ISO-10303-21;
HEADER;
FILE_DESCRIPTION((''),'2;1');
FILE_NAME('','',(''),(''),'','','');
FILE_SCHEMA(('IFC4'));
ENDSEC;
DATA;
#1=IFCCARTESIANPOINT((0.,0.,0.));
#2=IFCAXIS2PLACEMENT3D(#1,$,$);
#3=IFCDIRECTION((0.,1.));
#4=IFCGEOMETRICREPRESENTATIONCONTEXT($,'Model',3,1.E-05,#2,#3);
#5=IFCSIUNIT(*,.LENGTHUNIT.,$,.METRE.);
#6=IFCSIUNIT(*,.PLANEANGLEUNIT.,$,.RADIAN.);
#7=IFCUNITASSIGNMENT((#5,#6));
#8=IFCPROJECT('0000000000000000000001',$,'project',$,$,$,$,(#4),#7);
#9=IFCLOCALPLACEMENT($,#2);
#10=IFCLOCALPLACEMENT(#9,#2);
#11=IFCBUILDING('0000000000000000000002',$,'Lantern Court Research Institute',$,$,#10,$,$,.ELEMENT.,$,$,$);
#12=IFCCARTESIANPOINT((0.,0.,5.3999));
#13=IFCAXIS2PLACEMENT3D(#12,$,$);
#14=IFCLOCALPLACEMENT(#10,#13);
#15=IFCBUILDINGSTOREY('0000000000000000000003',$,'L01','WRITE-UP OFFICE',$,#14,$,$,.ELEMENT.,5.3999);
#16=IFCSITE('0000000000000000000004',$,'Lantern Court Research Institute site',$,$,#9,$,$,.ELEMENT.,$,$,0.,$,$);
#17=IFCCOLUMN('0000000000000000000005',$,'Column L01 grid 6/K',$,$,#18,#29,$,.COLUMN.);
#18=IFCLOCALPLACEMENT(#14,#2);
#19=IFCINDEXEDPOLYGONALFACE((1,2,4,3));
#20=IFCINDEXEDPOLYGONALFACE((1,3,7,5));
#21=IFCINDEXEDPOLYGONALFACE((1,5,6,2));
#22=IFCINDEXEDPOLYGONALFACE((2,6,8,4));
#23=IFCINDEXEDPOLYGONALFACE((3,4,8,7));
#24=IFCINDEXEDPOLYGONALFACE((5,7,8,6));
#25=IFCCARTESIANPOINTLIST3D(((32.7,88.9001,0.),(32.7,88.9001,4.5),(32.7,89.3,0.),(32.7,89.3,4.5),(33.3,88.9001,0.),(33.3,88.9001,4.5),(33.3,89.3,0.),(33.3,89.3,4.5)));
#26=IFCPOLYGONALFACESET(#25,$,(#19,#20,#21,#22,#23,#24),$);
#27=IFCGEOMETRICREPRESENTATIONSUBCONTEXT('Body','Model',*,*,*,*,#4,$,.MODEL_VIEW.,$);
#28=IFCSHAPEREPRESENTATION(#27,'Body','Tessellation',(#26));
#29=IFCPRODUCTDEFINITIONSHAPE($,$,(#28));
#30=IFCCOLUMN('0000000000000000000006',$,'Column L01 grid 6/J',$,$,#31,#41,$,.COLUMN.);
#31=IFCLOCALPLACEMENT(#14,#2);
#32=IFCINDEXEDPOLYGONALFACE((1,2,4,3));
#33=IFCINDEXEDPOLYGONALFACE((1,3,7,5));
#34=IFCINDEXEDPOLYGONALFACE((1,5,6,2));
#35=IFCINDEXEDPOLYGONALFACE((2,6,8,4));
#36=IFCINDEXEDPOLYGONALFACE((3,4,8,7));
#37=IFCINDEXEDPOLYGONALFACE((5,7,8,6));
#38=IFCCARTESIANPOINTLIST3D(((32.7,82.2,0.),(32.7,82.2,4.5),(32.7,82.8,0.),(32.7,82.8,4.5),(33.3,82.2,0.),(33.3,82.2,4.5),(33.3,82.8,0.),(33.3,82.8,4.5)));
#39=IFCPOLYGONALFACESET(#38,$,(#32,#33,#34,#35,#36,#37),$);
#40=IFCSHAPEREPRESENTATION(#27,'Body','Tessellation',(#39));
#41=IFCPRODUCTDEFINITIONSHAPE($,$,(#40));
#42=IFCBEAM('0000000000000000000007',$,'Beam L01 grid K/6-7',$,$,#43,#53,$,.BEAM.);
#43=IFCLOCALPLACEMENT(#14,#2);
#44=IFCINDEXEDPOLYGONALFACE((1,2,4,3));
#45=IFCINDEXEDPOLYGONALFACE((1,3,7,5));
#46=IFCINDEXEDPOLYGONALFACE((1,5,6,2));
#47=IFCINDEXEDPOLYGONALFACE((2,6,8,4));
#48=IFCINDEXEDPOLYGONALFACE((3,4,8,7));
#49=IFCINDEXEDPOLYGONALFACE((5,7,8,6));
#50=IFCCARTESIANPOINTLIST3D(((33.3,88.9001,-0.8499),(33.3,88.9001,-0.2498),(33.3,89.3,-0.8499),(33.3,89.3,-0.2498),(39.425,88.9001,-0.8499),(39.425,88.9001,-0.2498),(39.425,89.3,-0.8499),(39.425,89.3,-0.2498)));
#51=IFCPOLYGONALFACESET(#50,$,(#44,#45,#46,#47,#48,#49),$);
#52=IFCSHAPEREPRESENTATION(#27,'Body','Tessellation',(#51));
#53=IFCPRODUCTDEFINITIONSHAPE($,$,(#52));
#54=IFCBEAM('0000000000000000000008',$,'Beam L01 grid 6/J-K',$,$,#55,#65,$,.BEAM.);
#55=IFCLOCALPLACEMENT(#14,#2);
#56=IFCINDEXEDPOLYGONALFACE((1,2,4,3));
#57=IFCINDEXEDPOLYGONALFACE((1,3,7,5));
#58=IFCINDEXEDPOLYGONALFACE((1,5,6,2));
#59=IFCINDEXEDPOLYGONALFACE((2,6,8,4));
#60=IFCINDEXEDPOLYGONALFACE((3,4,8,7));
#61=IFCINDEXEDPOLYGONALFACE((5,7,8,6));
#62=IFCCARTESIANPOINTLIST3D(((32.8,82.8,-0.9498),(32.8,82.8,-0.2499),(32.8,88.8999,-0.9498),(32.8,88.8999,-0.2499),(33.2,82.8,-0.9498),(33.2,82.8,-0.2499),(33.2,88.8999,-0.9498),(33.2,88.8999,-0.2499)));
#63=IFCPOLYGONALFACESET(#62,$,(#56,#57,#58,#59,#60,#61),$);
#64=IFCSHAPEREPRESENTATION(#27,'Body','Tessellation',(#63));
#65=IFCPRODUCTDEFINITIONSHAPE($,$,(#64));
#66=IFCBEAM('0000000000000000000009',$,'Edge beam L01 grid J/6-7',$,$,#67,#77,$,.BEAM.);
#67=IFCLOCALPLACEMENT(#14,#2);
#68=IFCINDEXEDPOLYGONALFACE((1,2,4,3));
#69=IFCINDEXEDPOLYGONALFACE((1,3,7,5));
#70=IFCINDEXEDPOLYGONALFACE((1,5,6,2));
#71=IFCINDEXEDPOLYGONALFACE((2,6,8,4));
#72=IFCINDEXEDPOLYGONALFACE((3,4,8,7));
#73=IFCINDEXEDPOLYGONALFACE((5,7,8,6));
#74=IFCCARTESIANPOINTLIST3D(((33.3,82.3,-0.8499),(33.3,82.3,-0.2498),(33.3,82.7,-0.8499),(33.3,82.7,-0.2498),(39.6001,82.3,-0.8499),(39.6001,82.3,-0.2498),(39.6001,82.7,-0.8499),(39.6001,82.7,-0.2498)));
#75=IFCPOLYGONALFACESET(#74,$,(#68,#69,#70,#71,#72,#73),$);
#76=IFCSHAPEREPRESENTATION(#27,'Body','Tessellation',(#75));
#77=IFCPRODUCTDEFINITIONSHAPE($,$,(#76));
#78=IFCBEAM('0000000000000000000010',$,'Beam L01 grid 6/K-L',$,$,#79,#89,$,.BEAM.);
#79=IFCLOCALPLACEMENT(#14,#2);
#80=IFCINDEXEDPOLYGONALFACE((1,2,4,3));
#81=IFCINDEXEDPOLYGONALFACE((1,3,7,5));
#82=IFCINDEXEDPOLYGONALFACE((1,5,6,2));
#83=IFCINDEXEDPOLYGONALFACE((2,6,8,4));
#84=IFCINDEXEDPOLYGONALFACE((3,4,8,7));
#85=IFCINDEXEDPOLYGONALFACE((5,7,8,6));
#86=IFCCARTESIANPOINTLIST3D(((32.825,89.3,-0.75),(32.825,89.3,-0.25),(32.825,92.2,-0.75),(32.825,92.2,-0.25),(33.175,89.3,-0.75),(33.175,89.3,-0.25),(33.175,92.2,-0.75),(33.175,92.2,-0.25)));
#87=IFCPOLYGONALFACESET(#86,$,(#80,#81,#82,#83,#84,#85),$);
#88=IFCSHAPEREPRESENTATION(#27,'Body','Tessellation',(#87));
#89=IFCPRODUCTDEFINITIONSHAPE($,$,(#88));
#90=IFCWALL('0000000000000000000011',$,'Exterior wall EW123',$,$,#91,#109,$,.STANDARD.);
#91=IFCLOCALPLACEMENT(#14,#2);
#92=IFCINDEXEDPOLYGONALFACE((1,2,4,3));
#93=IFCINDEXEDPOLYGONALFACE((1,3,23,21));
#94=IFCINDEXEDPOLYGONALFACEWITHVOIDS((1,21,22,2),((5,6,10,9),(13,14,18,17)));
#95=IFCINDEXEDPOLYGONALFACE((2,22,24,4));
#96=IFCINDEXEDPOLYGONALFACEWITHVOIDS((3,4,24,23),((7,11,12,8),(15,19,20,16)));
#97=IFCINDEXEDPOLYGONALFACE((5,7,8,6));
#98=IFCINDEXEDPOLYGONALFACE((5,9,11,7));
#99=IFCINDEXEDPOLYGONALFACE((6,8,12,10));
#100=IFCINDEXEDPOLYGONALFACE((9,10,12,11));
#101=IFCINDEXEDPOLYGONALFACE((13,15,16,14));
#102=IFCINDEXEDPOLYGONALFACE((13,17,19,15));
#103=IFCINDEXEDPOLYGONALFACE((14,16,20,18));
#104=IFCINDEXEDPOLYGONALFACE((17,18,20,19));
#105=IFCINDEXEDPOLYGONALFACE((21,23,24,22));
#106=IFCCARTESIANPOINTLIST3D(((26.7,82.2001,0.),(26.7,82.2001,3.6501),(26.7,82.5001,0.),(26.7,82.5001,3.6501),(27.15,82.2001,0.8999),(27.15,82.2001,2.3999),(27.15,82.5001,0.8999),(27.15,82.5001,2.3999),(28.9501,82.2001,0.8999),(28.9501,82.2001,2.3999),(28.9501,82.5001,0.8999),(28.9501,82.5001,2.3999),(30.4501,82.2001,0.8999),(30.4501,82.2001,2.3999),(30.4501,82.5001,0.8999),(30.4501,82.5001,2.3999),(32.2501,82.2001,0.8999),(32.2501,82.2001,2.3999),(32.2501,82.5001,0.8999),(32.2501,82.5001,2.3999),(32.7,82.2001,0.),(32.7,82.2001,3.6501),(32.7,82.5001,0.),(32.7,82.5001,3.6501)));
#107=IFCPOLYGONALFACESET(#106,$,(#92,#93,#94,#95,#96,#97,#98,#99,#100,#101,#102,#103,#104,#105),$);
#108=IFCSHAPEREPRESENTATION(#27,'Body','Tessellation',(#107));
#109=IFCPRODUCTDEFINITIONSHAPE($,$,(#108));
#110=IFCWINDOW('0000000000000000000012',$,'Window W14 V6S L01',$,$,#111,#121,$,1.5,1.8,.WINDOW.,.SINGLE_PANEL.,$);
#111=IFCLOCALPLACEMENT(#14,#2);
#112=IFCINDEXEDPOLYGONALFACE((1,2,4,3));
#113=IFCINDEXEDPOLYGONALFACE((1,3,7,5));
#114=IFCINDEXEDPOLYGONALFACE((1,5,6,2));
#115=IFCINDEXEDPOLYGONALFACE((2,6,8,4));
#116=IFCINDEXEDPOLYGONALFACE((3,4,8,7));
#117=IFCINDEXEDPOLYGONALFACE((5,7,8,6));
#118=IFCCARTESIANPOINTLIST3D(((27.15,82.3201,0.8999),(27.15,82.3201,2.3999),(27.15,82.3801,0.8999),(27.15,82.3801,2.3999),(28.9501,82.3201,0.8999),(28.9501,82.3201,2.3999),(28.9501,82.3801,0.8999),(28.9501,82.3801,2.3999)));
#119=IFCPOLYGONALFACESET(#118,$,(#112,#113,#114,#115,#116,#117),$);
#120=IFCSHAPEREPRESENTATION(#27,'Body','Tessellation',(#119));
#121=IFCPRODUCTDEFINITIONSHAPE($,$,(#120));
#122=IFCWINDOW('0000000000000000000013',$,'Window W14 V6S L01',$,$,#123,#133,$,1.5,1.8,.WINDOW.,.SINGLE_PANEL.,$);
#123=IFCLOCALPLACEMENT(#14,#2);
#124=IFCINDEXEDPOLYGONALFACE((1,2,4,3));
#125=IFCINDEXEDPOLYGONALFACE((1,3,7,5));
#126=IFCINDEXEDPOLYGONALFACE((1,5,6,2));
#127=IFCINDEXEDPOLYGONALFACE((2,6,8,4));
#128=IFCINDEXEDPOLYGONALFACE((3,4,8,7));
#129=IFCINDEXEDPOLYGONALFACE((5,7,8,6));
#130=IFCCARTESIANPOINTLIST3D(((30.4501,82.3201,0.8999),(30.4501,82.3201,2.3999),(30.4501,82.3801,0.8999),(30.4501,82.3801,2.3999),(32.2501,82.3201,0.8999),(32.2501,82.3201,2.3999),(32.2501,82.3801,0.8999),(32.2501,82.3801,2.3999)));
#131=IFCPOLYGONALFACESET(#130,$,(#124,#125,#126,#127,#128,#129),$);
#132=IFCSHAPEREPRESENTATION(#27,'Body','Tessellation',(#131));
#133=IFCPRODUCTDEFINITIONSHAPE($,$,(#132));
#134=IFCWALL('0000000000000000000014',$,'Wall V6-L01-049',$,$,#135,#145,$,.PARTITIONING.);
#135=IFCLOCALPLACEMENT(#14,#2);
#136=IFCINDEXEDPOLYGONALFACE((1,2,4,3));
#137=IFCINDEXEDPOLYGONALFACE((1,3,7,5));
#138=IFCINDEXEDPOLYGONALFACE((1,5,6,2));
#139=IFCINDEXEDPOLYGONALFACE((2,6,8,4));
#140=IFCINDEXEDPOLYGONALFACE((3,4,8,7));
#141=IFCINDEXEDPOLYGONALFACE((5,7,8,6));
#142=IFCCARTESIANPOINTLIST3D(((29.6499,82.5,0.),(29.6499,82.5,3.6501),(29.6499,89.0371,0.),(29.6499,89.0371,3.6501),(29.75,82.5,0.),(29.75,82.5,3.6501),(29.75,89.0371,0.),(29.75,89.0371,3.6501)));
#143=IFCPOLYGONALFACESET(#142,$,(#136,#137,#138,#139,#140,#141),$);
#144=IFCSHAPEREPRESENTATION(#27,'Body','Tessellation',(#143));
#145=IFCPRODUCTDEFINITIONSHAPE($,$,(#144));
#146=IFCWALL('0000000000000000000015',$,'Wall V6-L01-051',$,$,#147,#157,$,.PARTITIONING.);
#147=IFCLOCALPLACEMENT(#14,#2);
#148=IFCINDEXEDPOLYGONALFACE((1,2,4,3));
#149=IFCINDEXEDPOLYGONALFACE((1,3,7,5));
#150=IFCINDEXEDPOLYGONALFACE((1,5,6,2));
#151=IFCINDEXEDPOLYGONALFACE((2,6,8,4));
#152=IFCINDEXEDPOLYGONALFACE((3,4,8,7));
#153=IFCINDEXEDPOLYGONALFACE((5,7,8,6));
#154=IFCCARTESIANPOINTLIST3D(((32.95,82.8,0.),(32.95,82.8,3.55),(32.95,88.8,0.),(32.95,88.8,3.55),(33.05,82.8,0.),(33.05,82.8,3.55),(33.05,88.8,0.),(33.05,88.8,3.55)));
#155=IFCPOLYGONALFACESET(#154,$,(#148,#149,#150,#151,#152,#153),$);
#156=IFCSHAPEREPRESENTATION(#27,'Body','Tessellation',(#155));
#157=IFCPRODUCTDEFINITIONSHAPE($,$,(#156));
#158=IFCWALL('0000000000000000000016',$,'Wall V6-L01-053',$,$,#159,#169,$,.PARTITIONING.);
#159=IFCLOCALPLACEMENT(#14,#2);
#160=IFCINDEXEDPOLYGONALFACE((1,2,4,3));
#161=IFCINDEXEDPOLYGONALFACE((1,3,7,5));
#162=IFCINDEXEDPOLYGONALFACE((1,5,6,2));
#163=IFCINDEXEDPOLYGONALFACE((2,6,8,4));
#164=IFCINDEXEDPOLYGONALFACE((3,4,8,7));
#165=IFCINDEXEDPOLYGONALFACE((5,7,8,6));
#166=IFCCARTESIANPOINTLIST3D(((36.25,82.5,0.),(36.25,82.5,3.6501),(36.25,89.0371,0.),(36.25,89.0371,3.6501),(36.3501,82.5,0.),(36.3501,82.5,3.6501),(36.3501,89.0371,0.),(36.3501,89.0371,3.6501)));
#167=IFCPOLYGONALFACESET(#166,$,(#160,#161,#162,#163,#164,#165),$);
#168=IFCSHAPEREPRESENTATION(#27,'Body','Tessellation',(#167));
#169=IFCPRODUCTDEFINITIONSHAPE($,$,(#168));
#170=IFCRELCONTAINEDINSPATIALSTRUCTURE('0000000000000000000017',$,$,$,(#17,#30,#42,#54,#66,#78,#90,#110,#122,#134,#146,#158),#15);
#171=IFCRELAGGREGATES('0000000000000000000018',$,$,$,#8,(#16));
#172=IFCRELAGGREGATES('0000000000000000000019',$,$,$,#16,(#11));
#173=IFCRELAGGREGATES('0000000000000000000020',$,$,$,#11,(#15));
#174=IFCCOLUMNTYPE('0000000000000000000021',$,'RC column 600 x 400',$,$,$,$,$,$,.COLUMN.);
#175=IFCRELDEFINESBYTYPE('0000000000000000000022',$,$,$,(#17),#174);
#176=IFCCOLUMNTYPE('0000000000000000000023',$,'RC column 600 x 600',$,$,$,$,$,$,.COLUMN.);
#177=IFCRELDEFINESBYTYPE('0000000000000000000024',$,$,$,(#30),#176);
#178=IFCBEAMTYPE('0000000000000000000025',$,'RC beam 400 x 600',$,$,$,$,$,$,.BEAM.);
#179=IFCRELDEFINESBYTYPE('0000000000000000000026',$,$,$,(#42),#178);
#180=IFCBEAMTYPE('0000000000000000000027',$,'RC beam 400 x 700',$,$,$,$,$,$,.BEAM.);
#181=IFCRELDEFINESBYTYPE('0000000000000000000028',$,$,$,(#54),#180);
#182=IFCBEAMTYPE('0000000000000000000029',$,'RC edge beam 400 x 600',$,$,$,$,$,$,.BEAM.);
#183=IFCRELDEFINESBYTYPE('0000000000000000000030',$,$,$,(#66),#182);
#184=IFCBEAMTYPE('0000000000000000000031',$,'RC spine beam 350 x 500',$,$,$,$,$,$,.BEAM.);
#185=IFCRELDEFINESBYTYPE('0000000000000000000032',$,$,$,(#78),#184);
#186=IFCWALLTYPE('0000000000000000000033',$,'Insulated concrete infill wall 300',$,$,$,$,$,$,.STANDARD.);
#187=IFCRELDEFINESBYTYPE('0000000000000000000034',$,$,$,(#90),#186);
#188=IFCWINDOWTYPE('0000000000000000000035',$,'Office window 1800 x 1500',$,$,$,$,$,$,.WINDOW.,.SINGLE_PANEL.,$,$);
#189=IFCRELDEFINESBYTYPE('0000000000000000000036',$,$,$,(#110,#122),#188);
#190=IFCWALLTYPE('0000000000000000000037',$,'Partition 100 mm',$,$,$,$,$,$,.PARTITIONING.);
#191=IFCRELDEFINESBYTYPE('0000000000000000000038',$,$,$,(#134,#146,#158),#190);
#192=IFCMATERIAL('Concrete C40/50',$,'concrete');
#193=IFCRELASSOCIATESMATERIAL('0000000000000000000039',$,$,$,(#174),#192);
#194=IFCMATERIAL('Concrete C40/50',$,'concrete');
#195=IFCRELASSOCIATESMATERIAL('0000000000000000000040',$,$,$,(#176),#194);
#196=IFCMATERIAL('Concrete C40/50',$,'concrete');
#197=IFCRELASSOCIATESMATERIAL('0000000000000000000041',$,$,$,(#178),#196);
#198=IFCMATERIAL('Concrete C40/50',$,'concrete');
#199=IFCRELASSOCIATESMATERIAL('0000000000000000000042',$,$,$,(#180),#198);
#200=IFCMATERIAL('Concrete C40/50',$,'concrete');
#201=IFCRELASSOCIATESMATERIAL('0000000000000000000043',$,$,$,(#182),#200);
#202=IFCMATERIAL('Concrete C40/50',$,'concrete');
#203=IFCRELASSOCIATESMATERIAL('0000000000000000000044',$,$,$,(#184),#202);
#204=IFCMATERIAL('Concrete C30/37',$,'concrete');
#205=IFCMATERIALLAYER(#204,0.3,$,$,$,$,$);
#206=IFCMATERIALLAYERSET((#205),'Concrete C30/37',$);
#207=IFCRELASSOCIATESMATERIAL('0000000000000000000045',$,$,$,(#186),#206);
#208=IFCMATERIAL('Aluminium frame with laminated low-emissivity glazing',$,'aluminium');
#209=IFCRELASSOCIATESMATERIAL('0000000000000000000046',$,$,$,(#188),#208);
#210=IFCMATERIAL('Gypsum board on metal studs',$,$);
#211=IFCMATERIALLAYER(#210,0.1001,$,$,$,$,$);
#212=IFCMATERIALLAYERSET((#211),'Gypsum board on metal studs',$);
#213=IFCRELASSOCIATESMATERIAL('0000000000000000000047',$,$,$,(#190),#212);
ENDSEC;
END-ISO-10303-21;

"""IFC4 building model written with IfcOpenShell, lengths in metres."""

from ifc_helpers import new_model, si_unit, direction, frame, frame_2d, origin, origin_2d, place, context, subcontext, project, spatial, rectangle, extrude, material, layer, layer_set, material_profile, profile_set, type_object, element, fill, save


model = new_model("IFC4")

# Units and contexts
model_context = context("Model", 3, precision=1e-05, world=origin(), true_north=direction((0.0, 1.0)))
body_context = subcontext(model_context, "Body", "Model", "MODEL_VIEW")
ifc_project = project(units=[si_unit("LENGTHUNIT", "METRE"), si_unit("PLANEANGLEUNIT", "RADIAN")], contexts=[model_context])

# Site, building, storey
site_placement = place(None, origin())
site = spatial("IfcSite", under=ifc_project, at=site_placement, Name="Lantern Court Research Institute site", CompositionType="ELEMENT", RefElevation=0.0)
building_placement = place(site_placement, origin())
building = spatial("IfcBuilding", under=site, at=building_placement, Name="Lantern Court Research Institute", CompositionType="ELEMENT")
storey_placement = place(building_placement, frame((0.0, 0.0, 5.3999)))
storey = spatial("IfcBuildingStorey", under=building, at=storey_placement, Name="L01", Description="WRITE-UP OFFICE", CompositionType="ELEMENT", Elevation=5.3999)

# Columns
ifc_material_1 = material(Name="Concrete C40/50", Category="concrete")
ifc_material_profile_1 = material_profile(ifc_material_1, rectangle(XDim=0.6001, YDim=0.3999, at=origin_2d()), Name="RC column 600 x 400")
ifc_profile_set_1 = profile_set([ifc_material_profile_1], Name="Concrete C40/50")
column_type_1 = type_object("IfcColumnType", Name="RC column 600 x 400", PredefinedType="COLUMN", material=ifc_profile_set_1)
column_1_placement = place(storey_placement, frame((33.0, 89.1001, 0.0), z_axis=(0.0, 0.0, 1.0), x_axis=(1.0, 0.0, 0.0)))
element("IfcColumn", 1, at=column_1_placement, inside=storey, type_object=column_type_1, Name="Column L01 grid 6/K", PredefinedType="COLUMN", context=body_context, shape_type="SweptSolid", body=[
    extrude(rectangle(XDim=0.6001, YDim=0.3999, at=origin_2d()), origin(), (0.0, 0.0, 1.0), 4.5),
])
ifc_material_2 = material(Name="Concrete C40/50", Category="concrete")
ifc_material_profile_2 = material_profile(ifc_material_2, rectangle(XDim=0.6001, YDim=0.6001, at=origin_2d()), Name="RC column 600 x 600")
ifc_profile_set_2 = profile_set([ifc_material_profile_2], Name="Concrete C40/50")
column_type_2 = type_object("IfcColumnType", Name="RC column 600 x 600", PredefinedType="COLUMN", material=ifc_profile_set_2)
column_2_placement = place(storey_placement, frame((33.0, 82.5, 0.0), z_axis=(0.0, 0.0, 1.0), x_axis=(1.0, 0.0, 0.0)))
element("IfcColumn", 2, at=column_2_placement, inside=storey, type_object=column_type_2, Name="Column L01 grid 6/J", PredefinedType="COLUMN", context=body_context, shape_type="SweptSolid", body=[
    extrude(rectangle(XDim=0.6001, YDim=0.6001, at=origin_2d()), origin(), (0.0, 0.0, 1.0), 4.5),
])

# Beams
ifc_material_3 = material(Name="Concrete C40/50", Category="concrete")
ifc_material_profile_3 = material_profile(ifc_material_3, rectangle(XDim=0.3999, YDim=0.6001, at=origin_2d()), Name="RC beam 400 x 600")
ifc_profile_set_3 = profile_set([ifc_material_profile_3], Name="Concrete C40/50")
beam_type_1 = type_object("IfcBeamType", Name="RC beam 400 x 600", PredefinedType="BEAM", material=ifc_profile_set_3)
beam_1_placement = place(storey_placement, frame((33.3, 89.1001, -0.5498), z_axis=(1.0, 0.0, 0.0), x_axis=(0.0, 1.0, 0.0)))
element("IfcBeam", 3, at=beam_1_placement, inside=storey, type_object=beam_type_1, Name="Beam L01 grid K/6-7", PredefinedType="BEAM", context=body_context, shape_type="SweptSolid", body=[
    extrude(rectangle(XDim=0.3999, YDim=0.6001, at=origin_2d()), origin(), (0.0, 0.0, 1.0), 6.125),
])
ifc_material_4 = material(Name="Concrete C40/50", Category="concrete")
ifc_material_profile_4 = material_profile(ifc_material_4, rectangle(XDim=0.3999, YDim=0.7, at=origin_2d()), Name="RC beam 400 x 700")
ifc_profile_set_4 = profile_set([ifc_material_profile_4], Name="Concrete C40/50")
beam_type_2 = type_object("IfcBeamType", Name="RC beam 400 x 700", PredefinedType="BEAM", material=ifc_profile_set_4)
beam_2_placement = place(storey_placement, frame((33.0, 82.8, -0.5999), z_axis=(0.0, 1.0, 0.0), x_axis=(-1.0, 0.0, 0.0)))
element("IfcBeam", 4, at=beam_2_placement, inside=storey, type_object=beam_type_2, Name="Beam L01 grid 6/J-K", PredefinedType="BEAM", context=body_context, shape_type="SweptSolid", body=[
    extrude(rectangle(XDim=0.3999, YDim=0.7, at=origin_2d()), origin(), (0.0, 0.0, 1.0), 6.0999),
])
ifc_material_5 = material(Name="Concrete C40/50", Category="concrete")
ifc_material_profile_5 = material_profile(ifc_material_5, rectangle(XDim=0.3999, YDim=0.6001, at=origin_2d()), Name="RC beam 400 x 600")
ifc_profile_set_5 = profile_set([ifc_material_profile_5], Name="Concrete C40/50")
beam_type_3 = type_object("IfcBeamType", Name="RC edge beam 400 x 600", PredefinedType="BEAM", material=ifc_profile_set_5)
beam_3_placement = place(storey_placement, frame((33.3, 82.5, -0.5498), z_axis=(1.0, 0.0, 0.0), x_axis=(0.0, 1.0, 0.0)))
element("IfcBeam", 5, at=beam_3_placement, inside=storey, type_object=beam_type_3, Name="Edge beam L01 grid J/6-7", PredefinedType="BEAM", context=body_context, shape_type="SweptSolid", body=[
    extrude(rectangle(XDim=0.3999, YDim=0.6001, at=origin_2d()), origin(), (0.0, 0.0, 1.0), 6.3),
])
ifc_material_6 = material(Name="Concrete C40/50", Category="concrete")
ifc_material_profile_6 = material_profile(ifc_material_6, rectangle(XDim=0.3501, YDim=0.5, at=origin_2d()), Name="RC beam 350 x 500")
ifc_profile_set_6 = profile_set([ifc_material_profile_6], Name="Concrete C40/50")
beam_type_4 = type_object("IfcBeamType", Name="RC spine beam 350 x 500", PredefinedType="BEAM", material=ifc_profile_set_6)
beam_4_placement = place(storey_placement, frame((33.0, 89.3, -0.5), z_axis=(0.0, 1.0, 0.0), x_axis=(-1.0, 0.0, 0.0)))
element("IfcBeam", 6, at=beam_4_placement, inside=storey, type_object=beam_type_4, Name="Beam L01 grid 6/K-L", PredefinedType="BEAM", context=body_context, shape_type="SweptSolid", body=[
    extrude(rectangle(XDim=0.3501, YDim=0.5, at=origin_2d()), origin(), (0.0, 0.0, 1.0), 2.8999),
])

# Wall, openings, windows
ifc_material_7 = material(Name="Concrete C30/37", Category="concrete")
ifc_layer_1 = layer(ifc_material_7, 0.3)
ifc_layer_set_1 = layer_set([ifc_layer_1], Name="Concrete C30/37")
wall_type_1 = type_object("IfcWallType", Name="Insulated concrete infill wall 300", PredefinedType="STANDARD", material=ifc_layer_set_1)
wall_1_placement = place(storey_placement, frame((32.7, 82.3501, 0.0), z_axis=(0.0, 0.0, 1.0), x_axis=(-1.0, 0.0, 0.0)))
wall_1 = element("IfcWall", 7, at=wall_1_placement, inside=storey, type_object=wall_type_1, Name="Exterior wall EW123", PredefinedType="STANDARD", context=body_context, shape_type="SweptSolid", body=[
    extrude(rectangle(XDim=6.0, YDim=0.3, at=frame_2d((3.0, 0.0))), origin(), (0.0, 0.0, 1.0), 3.6501),
])
opening_1_placement = place(wall_1_placement, frame((3.75, 0.0, 0.8999)))
opening_1 = element("IfcOpeningElement", 8, at=opening_1_placement, cuts=wall_1, PredefinedType="OPENING", context=body_context, shape_type="SweptSolid", body=[
    extrude(rectangle(XDim=1.8, YDim=1.5, at=frame_2d((0.8999, 0.75))), frame((0.0, 0.1599, 0.0), z_axis=(0.0, -1.0, 0.0), x_axis=(1.0, 0.0, 0.0)), (0.0, 0.0, 1.0), 0.3201),
])
opening_2_placement = place(wall_1_placement, frame((0.45, 0.0, 0.8999)))
opening_2 = element("IfcOpeningElement", 9, at=opening_2_placement, cuts=wall_1, PredefinedType="OPENING", context=body_context, shape_type="SweptSolid", body=[
    extrude(rectangle(XDim=1.8, YDim=1.5, at=frame_2d((0.8999, 0.75))), frame((0.0, 0.1599, 0.0), z_axis=(0.0, -1.0, 0.0), x_axis=(1.0, 0.0, 0.0)), (0.0, 0.0, 1.0), 0.3201),
])
ifc_material_8 = material(Name="Aluminium frame with laminated low-emissivity glazing", Category="aluminium")
window_type = type_object("IfcWindowType", Name="Office window 1800 x 1500", PartitioningType="SINGLE_PANEL", PredefinedType="WINDOW", material=ifc_material_8)
window_1_placement = place(opening_1_placement, origin())
window_1 = element("IfcWindow", 10, at=window_1_placement, inside=storey, type_object=window_type, Name="Window W14 V6S L01", OverallHeight=1.5, OverallWidth=1.8, PartitioningType="SINGLE_PANEL", PredefinedType="WINDOW", context=body_context, shape_type="SweptSolid", body=[
    extrude(rectangle(XDim=1.8, YDim=1.5, at=frame_2d((0.8999, 0.75))), frame((0.0, 0.03, 0.0), z_axis=(0.0, -1.0, 0.0), x_axis=(1.0, 0.0, 0.0)), (0.0, 0.0, 1.0), 0.0601),
])
fill(opening_1, window_1)
window_2_placement = place(opening_2_placement, origin())
window_2 = element("IfcWindow", 11, at=window_2_placement, inside=storey, type_object=window_type, Name="Window W14 V6S L01", OverallHeight=1.5, OverallWidth=1.8, PartitioningType="SINGLE_PANEL", PredefinedType="WINDOW", context=body_context, shape_type="SweptSolid", body=[
    extrude(rectangle(XDim=1.8, YDim=1.5, at=frame_2d((0.8999, 0.75))), frame((0.0, 0.03, 0.0), z_axis=(0.0, -1.0, 0.0), x_axis=(1.0, 0.0, 0.0)), (0.0, 0.0, 1.0), 0.0601),
])
fill(opening_2, window_2)

# Walls
ifc_material_9 = material(Name="Gypsum board on metal studs")
ifc_layer_2 = layer(ifc_material_9, 0.1001)
ifc_layer_set_2 = layer_set([ifc_layer_2], Name="Gypsum board on metal studs")
wall_type_2 = type_object("IfcWallType", Name="Partition 100 mm", PredefinedType="PARTITIONING", material=ifc_layer_set_2)
wall_2_placement = place(storey_placement, frame((29.7, 82.5, 0.0), z_axis=(0.0, 0.0, 1.0), x_axis=(0.0, 1.0, 0.0)))
element("IfcWall", 12, at=wall_2_placement, inside=storey, type_object=wall_type_2, Name="Wall V6-L01-049", PredefinedType="PARTITIONING", context=body_context, shape_type="SweptSolid", body=[
    extrude(rectangle(XDim=6.5371, YDim=0.1001, at=frame_2d((3.2686, 0.0))), origin(), (0.0, 0.0, 1.0), 3.6501),
])
wall_3_placement = place(storey_placement, frame((33.0, 82.8, 0.0), z_axis=(0.0, 0.0, 1.0), x_axis=(0.0, 1.0, 0.0)))
element("IfcWall", 13, at=wall_3_placement, inside=storey, type_object=wall_type_2, Name="Wall V6-L01-051", PredefinedType="PARTITIONING", context=body_context, shape_type="SweptSolid", body=[
    extrude(rectangle(XDim=6.0, YDim=0.1001, at=frame_2d((3.0, 0.0))), origin(), (0.0, 0.0, 1.0), 3.55),
])
wall_4_placement = place(storey_placement, frame((36.3, 82.5, 0.0), z_axis=(0.0, 0.0, 1.0), x_axis=(0.0, 1.0, 0.0)))
element("IfcWall", 14, at=wall_4_placement, inside=storey, type_object=wall_type_2, Name="Wall V6-L01-053", PredefinedType="PARTITIONING", context=body_context, shape_type="SweptSolid", body=[
    extrude(rectangle(XDim=6.5371, YDim=0.1001, at=frame_2d((3.2686, 0.0))), origin(), (0.0, 0.0, 1.0), 3.6501),
])

save(model, "model.ifc")
